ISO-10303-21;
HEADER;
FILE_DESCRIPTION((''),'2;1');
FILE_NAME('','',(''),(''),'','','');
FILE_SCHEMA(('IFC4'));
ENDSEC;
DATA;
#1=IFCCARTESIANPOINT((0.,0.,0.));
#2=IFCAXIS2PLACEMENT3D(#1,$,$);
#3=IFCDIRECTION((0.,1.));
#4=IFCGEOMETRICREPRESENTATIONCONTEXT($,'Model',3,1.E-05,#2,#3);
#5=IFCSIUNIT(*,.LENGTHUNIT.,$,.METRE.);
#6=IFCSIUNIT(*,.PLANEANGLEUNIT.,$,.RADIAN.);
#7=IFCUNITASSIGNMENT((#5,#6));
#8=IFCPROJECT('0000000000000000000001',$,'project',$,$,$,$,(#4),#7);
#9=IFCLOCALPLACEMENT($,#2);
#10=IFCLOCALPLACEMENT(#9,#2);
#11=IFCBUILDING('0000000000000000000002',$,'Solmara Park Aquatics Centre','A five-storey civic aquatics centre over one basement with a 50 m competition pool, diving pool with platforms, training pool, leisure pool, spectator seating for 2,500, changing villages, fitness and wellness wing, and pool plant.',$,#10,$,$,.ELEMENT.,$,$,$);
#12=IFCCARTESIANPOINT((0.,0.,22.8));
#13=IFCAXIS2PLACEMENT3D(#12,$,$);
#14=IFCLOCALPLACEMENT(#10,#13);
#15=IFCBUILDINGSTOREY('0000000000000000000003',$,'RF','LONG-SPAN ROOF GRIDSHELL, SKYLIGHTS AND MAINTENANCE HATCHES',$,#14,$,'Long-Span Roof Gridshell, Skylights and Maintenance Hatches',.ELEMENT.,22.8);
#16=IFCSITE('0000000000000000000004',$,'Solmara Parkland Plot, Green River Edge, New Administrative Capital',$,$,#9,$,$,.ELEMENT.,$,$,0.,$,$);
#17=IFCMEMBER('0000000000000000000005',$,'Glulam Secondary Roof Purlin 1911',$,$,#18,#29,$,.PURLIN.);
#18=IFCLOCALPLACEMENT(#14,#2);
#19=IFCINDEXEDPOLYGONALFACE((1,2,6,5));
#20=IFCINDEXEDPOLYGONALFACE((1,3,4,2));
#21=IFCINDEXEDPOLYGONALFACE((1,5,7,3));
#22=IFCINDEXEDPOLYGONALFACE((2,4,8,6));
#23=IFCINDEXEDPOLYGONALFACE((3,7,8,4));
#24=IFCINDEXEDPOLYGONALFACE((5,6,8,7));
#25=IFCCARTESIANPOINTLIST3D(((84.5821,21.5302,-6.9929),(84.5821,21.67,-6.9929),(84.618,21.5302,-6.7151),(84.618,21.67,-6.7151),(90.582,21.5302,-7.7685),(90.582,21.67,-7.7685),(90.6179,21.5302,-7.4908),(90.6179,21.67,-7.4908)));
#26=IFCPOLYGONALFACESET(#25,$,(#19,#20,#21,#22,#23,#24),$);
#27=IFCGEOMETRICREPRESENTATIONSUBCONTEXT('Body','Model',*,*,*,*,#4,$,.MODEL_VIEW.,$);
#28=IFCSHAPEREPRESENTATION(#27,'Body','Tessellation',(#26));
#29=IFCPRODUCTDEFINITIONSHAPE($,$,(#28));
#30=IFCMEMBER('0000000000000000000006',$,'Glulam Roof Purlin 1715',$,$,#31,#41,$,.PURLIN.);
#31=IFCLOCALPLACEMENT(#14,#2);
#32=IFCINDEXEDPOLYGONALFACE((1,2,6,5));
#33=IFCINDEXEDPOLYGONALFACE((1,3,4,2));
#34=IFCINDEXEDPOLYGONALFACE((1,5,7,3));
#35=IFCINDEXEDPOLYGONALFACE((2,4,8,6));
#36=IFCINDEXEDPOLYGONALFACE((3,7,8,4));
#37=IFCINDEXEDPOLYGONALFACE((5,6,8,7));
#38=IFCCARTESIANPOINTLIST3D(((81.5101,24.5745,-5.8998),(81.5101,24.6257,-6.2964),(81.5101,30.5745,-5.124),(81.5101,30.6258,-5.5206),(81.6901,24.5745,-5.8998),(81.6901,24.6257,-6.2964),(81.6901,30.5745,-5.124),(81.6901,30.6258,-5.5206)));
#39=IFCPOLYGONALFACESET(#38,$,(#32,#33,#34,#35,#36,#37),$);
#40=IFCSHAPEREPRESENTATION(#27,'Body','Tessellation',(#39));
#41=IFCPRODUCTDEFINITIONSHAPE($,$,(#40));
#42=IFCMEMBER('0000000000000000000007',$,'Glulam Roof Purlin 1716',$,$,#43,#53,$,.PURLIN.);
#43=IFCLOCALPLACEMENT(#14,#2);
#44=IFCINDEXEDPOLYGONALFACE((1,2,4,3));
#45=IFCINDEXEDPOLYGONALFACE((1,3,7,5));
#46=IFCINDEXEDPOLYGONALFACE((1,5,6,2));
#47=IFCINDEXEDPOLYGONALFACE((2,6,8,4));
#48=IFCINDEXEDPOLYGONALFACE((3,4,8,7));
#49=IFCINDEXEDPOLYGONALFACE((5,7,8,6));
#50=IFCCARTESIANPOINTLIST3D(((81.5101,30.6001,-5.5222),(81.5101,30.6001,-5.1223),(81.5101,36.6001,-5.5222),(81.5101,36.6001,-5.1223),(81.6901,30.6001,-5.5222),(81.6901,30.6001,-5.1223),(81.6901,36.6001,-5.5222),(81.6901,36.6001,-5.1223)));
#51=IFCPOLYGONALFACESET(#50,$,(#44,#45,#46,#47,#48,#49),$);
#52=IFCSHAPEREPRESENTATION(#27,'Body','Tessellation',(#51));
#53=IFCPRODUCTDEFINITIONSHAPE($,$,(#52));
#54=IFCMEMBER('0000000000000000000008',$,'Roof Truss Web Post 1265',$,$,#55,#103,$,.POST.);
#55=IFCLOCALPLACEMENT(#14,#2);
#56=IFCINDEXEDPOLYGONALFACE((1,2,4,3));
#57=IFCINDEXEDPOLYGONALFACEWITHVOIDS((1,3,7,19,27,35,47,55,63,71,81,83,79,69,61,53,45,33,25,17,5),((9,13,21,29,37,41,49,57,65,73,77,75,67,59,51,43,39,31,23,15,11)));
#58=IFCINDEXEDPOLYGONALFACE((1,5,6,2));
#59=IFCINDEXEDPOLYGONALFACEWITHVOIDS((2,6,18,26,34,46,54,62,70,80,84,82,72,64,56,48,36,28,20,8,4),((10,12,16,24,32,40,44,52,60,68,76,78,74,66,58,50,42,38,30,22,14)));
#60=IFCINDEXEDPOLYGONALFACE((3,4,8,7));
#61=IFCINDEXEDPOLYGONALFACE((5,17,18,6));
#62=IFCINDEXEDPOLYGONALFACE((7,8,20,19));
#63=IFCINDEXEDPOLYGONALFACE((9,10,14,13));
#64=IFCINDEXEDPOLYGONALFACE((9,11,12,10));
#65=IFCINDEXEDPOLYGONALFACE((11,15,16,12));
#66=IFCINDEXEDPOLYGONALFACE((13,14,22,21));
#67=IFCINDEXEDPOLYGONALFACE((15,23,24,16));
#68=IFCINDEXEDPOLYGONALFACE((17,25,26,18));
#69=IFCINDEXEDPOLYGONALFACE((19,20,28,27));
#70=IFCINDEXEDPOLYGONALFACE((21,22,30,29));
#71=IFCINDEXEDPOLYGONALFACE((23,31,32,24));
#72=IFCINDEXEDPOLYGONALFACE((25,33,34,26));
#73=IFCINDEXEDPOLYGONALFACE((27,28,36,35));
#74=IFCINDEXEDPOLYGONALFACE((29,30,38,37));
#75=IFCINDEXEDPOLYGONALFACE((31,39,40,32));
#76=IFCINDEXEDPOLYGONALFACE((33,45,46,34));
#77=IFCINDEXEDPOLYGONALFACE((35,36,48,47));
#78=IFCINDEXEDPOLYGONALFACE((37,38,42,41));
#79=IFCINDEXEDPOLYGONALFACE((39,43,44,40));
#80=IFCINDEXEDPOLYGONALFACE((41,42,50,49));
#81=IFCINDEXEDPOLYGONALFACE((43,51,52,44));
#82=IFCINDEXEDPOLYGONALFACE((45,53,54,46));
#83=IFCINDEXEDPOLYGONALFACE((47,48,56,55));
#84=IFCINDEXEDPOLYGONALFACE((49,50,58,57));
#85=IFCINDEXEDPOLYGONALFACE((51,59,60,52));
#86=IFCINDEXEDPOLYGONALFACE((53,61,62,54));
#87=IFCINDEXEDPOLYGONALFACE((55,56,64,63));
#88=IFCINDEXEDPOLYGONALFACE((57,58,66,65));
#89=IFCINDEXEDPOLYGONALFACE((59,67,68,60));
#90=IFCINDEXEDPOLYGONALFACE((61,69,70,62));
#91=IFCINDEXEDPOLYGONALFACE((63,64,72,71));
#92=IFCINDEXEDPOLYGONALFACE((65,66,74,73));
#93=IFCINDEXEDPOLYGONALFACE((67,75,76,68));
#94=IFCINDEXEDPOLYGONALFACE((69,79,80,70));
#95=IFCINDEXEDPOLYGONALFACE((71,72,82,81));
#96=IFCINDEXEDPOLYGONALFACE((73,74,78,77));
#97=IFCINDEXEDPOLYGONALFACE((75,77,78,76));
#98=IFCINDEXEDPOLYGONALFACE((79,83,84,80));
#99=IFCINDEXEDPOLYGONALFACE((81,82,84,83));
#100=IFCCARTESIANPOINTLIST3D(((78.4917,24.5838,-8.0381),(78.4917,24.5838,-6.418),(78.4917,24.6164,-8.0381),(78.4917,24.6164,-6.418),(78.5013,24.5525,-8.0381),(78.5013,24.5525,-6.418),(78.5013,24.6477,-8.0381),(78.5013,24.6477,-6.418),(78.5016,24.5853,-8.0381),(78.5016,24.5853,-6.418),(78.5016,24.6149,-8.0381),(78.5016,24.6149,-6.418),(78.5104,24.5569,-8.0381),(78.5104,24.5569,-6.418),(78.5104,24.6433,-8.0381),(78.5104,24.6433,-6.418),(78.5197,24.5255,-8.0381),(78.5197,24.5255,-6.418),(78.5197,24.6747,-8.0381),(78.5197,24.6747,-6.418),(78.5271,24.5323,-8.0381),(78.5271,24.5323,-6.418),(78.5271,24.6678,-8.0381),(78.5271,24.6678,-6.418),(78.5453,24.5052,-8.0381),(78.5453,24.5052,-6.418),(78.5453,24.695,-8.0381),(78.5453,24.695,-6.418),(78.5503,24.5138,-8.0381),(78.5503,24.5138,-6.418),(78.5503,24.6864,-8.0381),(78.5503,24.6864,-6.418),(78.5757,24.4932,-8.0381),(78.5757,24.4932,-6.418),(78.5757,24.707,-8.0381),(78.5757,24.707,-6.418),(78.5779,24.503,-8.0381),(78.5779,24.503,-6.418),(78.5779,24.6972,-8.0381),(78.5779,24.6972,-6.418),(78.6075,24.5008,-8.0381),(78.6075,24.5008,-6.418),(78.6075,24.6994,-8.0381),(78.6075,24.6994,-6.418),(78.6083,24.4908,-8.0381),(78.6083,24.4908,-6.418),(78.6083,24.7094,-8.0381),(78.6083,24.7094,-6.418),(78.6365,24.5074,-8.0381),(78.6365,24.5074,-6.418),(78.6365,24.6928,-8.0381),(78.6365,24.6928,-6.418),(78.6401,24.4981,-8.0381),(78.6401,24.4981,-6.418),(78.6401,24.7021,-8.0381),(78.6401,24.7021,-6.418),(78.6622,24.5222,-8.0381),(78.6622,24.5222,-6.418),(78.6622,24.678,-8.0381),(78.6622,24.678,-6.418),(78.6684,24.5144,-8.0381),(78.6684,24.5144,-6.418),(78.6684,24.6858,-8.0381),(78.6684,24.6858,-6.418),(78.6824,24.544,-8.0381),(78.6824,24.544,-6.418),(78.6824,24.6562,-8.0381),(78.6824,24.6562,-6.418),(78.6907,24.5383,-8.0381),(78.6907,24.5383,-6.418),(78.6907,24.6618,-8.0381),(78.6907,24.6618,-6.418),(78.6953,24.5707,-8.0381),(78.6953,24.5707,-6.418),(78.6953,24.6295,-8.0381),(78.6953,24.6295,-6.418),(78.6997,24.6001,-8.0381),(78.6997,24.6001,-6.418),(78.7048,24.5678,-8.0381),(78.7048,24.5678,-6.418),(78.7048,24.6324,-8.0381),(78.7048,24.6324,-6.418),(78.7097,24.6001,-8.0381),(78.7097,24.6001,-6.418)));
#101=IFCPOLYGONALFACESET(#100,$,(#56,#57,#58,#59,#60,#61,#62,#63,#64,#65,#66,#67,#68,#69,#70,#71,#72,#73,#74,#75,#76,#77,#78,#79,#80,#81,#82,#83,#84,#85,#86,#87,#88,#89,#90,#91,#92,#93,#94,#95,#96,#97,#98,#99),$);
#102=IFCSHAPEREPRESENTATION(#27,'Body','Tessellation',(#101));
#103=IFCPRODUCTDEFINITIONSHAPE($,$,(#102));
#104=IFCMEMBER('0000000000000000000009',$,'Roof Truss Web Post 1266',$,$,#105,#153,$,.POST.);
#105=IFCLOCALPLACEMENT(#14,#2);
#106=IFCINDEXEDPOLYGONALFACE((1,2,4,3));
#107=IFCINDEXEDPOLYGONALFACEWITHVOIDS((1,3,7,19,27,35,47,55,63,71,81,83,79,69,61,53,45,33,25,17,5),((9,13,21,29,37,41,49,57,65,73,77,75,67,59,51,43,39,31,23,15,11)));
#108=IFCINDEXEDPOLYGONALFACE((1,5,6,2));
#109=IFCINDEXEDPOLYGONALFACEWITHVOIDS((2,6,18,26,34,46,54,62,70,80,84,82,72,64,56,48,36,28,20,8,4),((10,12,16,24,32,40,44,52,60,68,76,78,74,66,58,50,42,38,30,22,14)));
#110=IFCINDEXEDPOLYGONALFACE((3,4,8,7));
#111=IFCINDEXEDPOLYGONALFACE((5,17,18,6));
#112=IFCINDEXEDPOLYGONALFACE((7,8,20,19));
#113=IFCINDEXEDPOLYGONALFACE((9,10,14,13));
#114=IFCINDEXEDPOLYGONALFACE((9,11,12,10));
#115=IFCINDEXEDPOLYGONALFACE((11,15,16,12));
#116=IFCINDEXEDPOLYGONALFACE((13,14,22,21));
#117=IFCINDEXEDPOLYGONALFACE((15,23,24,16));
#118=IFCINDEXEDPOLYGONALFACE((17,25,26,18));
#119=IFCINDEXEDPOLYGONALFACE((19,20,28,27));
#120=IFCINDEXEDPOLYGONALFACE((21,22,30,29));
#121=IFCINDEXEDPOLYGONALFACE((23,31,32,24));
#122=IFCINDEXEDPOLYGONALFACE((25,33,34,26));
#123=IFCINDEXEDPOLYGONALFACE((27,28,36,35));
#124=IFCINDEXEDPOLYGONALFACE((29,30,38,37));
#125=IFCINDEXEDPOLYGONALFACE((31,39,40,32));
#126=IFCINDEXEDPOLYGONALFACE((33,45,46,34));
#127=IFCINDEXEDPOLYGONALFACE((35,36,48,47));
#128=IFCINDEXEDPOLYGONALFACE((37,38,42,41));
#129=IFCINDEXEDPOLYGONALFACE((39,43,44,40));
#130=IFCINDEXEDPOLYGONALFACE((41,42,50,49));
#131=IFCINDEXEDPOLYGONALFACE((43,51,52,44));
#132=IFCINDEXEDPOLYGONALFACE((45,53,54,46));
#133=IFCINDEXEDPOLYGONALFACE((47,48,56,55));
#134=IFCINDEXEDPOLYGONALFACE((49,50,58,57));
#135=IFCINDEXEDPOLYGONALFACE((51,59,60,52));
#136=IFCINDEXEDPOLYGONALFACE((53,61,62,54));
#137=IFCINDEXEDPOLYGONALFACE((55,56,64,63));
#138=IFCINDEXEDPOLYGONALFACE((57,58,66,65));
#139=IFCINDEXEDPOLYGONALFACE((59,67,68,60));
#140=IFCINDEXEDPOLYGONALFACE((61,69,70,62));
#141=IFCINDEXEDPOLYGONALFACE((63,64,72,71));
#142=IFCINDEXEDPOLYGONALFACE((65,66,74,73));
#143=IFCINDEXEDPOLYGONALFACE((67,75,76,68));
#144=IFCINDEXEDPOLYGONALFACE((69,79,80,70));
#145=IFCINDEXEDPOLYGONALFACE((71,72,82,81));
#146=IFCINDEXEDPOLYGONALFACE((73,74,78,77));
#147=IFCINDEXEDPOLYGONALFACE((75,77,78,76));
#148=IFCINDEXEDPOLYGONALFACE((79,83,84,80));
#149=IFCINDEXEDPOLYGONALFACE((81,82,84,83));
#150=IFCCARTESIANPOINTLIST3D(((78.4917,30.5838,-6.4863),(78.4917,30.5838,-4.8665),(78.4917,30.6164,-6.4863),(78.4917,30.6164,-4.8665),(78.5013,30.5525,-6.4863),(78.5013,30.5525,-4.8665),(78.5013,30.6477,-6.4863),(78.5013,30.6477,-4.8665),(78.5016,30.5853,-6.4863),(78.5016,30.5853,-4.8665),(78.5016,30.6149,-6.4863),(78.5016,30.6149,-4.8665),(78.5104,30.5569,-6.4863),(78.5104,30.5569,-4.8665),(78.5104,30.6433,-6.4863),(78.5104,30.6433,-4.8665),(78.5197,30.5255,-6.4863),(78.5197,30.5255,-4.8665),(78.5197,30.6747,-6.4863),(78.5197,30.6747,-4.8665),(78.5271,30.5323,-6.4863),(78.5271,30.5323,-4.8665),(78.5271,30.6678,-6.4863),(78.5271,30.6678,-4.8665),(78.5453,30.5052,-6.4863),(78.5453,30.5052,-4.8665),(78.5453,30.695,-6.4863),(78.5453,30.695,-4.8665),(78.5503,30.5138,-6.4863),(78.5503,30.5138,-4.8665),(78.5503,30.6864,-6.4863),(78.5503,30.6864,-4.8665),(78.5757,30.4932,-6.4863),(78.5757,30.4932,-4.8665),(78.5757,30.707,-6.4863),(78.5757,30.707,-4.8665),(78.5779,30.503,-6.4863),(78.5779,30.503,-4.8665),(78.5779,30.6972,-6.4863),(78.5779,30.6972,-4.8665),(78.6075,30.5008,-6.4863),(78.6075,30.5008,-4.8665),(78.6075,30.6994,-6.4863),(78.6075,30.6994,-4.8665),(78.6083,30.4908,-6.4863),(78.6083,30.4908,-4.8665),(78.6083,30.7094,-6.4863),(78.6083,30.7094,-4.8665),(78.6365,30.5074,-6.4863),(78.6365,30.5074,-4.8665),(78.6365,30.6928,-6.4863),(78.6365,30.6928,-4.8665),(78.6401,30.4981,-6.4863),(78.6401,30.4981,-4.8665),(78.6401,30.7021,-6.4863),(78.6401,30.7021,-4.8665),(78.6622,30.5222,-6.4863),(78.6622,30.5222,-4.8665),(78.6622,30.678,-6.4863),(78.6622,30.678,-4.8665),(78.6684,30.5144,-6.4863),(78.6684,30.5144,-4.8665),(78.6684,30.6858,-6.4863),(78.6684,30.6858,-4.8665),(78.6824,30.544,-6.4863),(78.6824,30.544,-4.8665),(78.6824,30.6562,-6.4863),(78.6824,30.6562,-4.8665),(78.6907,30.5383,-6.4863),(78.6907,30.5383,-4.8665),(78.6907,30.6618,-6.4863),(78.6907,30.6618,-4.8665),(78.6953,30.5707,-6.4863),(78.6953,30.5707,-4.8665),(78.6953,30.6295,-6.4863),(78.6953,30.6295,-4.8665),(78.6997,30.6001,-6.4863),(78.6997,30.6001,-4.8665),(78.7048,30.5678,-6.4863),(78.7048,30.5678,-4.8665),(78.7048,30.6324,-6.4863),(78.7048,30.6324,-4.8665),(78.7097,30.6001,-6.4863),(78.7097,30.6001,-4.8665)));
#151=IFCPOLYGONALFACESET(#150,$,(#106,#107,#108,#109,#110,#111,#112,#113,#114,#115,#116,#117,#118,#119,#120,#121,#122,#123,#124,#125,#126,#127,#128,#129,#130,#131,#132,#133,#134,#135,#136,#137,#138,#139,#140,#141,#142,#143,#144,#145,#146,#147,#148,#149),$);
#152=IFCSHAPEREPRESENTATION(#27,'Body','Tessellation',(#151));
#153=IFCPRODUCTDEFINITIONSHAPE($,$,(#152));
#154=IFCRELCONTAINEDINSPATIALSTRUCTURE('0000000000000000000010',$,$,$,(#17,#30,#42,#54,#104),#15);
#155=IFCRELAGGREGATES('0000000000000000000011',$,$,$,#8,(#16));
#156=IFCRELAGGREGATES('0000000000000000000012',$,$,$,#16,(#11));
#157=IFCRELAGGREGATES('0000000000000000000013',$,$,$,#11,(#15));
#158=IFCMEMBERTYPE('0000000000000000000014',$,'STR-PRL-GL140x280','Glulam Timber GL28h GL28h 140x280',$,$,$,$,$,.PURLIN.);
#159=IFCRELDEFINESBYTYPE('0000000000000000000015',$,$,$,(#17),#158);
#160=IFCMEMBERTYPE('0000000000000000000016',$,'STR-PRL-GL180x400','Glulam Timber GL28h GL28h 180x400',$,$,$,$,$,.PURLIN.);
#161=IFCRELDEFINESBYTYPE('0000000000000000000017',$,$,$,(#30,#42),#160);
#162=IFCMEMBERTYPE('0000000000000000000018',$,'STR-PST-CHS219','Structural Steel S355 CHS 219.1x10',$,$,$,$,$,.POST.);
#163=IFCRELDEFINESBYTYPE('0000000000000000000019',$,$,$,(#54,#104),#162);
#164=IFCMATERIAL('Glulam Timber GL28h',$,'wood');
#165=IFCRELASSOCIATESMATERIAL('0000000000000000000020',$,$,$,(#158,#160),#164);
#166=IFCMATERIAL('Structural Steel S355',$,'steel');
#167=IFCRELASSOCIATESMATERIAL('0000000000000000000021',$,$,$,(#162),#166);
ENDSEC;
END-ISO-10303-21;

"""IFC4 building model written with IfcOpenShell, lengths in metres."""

from ifc_helpers import new_model, si_unit, direction, frame, origin, origin_2d, place, context, subcontext, project, spatial, rectangle, hollow_circle, extrude, material, material_profile, profile_set, type_object, element, save


model = new_model("IFC4")

# Units and contexts
model_context = context("Model", 3, precision=1e-05, world=origin(), true_north=direction((0.0, 1.0)))
body_context = subcontext(model_context, "Body", "Model", "MODEL_VIEW")
ifc_project = project(units=[si_unit("LENGTHUNIT", "METRE"), si_unit("PLANEANGLEUNIT", "RADIAN")], contexts=[model_context])

# Site, building, storey
site_placement = place(None, origin())
site = spatial("IfcSite", under=ifc_project, at=site_placement, Name="Solmara Parkland Plot, Green River Edge, New Administrative Capital", CompositionType="ELEMENT", RefElevation=0.0)
building_placement = place(site_placement, origin())
building = spatial("IfcBuilding", under=site, at=building_placement, Name="Solmara Park Aquatics Centre", Description="A five-storey civic aquatics centre over one basement with a 50 m competition pool, diving pool with platforms, training pool, leisure pool, spectator seating for 2,500, changing villages, fitness and wellness wing, and pool plant.", CompositionType="ELEMENT")
storey_placement = place(building_placement, frame((0.0, 0.0, 22.8)))
storey = spatial("IfcBuildingStorey", under=building, at=storey_placement, Name="RF", Description="LONG-SPAN ROOF GRIDSHELL, SKYLIGHTS AND MAINTENANCE HATCHES", LongName="Long-Span Roof Gridshell, Skylights and Maintenance Hatches", CompositionType="ELEMENT", Elevation=22.8)

# Members
ifc_material_1 = material(Name="Structural Steel S355", Category="steel")
ifc_material_2 = material(Name="Glulam Timber GL28h", Category="wood")
ifc_material_profile_1 = material_profile(ifc_material_2, rectangle(XDim=0.1399, YDim=0.28, at=origin_2d()), Name="GL28h 140x280")
ifc_profile_set_1 = profile_set([ifc_material_profile_1], Name="Glulam Timber GL28h")
member_type_1 = type_object("IfcMemberType", Name="STR-PRL-GL140x280", Description="Glulam Timber GL28h GL28h 140x280", PredefinedType="PURLIN", material=ifc_profile_set_1)
member_1_placement = place(storey_placement, frame((84.6001, 21.6001, -6.854), z_axis=(0.991748, 0.0, -0.128206), x_axis=(0.0, 1.0, 0.0)))
element("IfcMember", 1, at=member_1_placement, inside=storey, type_object=member_type_1, Name="Glulam Secondary Roof Purlin 1911", PredefinedType="PURLIN", context=body_context, shape_type="SweptSolid", body=[
    extrude(rectangle(XDim=0.1399, YDim=0.28, at=origin_2d()), origin(), (0.0, 0.0, 1.0), 6.0498),
])
ifc_material_profile_2 = material_profile(ifc_material_2, rectangle(XDim=0.1799, YDim=0.3999, at=origin_2d()), Name="GL28h 180x400")
ifc_profile_set_2 = profile_set([ifc_material_profile_2], Name="Glulam Timber GL28h")
member_type_2 = type_object("IfcMemberType", Name="STR-PRL-GL180x400", Description="Glulam Timber GL28h GL28h 180x400", PredefinedType="PURLIN", material=ifc_profile_set_2)
member_2_placement = place(storey_placement, frame((81.6001, 24.6001, -6.0981), z_axis=(0.0, 0.991742, 0.128245), x_axis=(-1.0, 0.0, 0.0)))
element("IfcMember", 2, at=member_2_placement, inside=storey, type_object=member_type_2, Name="Glulam Roof Purlin 1715", PredefinedType="PURLIN", context=body_context, shape_type="SweptSolid", body=[
    extrude(rectangle(XDim=0.1799, YDim=0.3999, at=origin_2d()), origin(), (0.0, 0.0, 1.0), 6.05),
])
member_3_placement = place(storey_placement, frame((81.6001, 30.6001, -5.3223), z_axis=(0.0, 1.0, 0.0), x_axis=(-1.0, 0.0, 0.0)))
element("IfcMember", 3, at=member_3_placement, inside=storey, type_object=member_type_2, Name="Glulam Roof Purlin 1716", PredefinedType="PURLIN", context=body_context, shape_type="SweptSolid", body=[
    extrude(rectangle(XDim=0.1799, YDim=0.3999, at=origin_2d()), origin(), (0.0, 0.0, 1.0), 6.0),
])
ifc_material_profile_3 = material_profile(ifc_material_1, hollow_circle(Radius=0.1096, WallThickness=0.01, at=origin_2d()), Name="CHS 219.1x10")
ifc_profile_set_3 = profile_set([ifc_material_profile_3], Name="Structural Steel S355")
member_type_3 = type_object("IfcMemberType", Name="STR-PST-CHS219", Description="Structural Steel S355 CHS 219.1x10", PredefinedType="POST", material=ifc_profile_set_3)
member_4_placement = place(storey_placement, frame((78.6001, 24.6001, -8.0381), z_axis=(0.0, 0.0, 1.0), x_axis=(1.0, 0.0, 0.0)))
element("IfcMember", 4, at=member_4_placement, inside=storey, type_object=member_type_3, Name="Roof Truss Web Post 1265", PredefinedType="POST", context=body_context, shape_type="SweptSolid", body=[
    extrude(hollow_circle(Radius=0.1096, WallThickness=0.01, at=origin_2d()), origin(), (0.0, 0.0, 1.0), 1.6201),
])
member_5_placement = place(storey_placement, frame((78.6001, 30.6001, -6.4863), z_axis=(0.0, 0.0, 1.0), x_axis=(1.0, 0.0, 0.0)))
element("IfcMember", 5, at=member_5_placement, inside=storey, type_object=member_type_3, Name="Roof Truss Web Post 1266", PredefinedType="POST", context=body_context, shape_type="SweptSolid", body=[
    extrude(hollow_circle(Radius=0.1096, WallThickness=0.01, at=origin_2d()), origin(), (0.0, 0.0, 1.0), 1.6199),
])

save(model, "model.ifc")
